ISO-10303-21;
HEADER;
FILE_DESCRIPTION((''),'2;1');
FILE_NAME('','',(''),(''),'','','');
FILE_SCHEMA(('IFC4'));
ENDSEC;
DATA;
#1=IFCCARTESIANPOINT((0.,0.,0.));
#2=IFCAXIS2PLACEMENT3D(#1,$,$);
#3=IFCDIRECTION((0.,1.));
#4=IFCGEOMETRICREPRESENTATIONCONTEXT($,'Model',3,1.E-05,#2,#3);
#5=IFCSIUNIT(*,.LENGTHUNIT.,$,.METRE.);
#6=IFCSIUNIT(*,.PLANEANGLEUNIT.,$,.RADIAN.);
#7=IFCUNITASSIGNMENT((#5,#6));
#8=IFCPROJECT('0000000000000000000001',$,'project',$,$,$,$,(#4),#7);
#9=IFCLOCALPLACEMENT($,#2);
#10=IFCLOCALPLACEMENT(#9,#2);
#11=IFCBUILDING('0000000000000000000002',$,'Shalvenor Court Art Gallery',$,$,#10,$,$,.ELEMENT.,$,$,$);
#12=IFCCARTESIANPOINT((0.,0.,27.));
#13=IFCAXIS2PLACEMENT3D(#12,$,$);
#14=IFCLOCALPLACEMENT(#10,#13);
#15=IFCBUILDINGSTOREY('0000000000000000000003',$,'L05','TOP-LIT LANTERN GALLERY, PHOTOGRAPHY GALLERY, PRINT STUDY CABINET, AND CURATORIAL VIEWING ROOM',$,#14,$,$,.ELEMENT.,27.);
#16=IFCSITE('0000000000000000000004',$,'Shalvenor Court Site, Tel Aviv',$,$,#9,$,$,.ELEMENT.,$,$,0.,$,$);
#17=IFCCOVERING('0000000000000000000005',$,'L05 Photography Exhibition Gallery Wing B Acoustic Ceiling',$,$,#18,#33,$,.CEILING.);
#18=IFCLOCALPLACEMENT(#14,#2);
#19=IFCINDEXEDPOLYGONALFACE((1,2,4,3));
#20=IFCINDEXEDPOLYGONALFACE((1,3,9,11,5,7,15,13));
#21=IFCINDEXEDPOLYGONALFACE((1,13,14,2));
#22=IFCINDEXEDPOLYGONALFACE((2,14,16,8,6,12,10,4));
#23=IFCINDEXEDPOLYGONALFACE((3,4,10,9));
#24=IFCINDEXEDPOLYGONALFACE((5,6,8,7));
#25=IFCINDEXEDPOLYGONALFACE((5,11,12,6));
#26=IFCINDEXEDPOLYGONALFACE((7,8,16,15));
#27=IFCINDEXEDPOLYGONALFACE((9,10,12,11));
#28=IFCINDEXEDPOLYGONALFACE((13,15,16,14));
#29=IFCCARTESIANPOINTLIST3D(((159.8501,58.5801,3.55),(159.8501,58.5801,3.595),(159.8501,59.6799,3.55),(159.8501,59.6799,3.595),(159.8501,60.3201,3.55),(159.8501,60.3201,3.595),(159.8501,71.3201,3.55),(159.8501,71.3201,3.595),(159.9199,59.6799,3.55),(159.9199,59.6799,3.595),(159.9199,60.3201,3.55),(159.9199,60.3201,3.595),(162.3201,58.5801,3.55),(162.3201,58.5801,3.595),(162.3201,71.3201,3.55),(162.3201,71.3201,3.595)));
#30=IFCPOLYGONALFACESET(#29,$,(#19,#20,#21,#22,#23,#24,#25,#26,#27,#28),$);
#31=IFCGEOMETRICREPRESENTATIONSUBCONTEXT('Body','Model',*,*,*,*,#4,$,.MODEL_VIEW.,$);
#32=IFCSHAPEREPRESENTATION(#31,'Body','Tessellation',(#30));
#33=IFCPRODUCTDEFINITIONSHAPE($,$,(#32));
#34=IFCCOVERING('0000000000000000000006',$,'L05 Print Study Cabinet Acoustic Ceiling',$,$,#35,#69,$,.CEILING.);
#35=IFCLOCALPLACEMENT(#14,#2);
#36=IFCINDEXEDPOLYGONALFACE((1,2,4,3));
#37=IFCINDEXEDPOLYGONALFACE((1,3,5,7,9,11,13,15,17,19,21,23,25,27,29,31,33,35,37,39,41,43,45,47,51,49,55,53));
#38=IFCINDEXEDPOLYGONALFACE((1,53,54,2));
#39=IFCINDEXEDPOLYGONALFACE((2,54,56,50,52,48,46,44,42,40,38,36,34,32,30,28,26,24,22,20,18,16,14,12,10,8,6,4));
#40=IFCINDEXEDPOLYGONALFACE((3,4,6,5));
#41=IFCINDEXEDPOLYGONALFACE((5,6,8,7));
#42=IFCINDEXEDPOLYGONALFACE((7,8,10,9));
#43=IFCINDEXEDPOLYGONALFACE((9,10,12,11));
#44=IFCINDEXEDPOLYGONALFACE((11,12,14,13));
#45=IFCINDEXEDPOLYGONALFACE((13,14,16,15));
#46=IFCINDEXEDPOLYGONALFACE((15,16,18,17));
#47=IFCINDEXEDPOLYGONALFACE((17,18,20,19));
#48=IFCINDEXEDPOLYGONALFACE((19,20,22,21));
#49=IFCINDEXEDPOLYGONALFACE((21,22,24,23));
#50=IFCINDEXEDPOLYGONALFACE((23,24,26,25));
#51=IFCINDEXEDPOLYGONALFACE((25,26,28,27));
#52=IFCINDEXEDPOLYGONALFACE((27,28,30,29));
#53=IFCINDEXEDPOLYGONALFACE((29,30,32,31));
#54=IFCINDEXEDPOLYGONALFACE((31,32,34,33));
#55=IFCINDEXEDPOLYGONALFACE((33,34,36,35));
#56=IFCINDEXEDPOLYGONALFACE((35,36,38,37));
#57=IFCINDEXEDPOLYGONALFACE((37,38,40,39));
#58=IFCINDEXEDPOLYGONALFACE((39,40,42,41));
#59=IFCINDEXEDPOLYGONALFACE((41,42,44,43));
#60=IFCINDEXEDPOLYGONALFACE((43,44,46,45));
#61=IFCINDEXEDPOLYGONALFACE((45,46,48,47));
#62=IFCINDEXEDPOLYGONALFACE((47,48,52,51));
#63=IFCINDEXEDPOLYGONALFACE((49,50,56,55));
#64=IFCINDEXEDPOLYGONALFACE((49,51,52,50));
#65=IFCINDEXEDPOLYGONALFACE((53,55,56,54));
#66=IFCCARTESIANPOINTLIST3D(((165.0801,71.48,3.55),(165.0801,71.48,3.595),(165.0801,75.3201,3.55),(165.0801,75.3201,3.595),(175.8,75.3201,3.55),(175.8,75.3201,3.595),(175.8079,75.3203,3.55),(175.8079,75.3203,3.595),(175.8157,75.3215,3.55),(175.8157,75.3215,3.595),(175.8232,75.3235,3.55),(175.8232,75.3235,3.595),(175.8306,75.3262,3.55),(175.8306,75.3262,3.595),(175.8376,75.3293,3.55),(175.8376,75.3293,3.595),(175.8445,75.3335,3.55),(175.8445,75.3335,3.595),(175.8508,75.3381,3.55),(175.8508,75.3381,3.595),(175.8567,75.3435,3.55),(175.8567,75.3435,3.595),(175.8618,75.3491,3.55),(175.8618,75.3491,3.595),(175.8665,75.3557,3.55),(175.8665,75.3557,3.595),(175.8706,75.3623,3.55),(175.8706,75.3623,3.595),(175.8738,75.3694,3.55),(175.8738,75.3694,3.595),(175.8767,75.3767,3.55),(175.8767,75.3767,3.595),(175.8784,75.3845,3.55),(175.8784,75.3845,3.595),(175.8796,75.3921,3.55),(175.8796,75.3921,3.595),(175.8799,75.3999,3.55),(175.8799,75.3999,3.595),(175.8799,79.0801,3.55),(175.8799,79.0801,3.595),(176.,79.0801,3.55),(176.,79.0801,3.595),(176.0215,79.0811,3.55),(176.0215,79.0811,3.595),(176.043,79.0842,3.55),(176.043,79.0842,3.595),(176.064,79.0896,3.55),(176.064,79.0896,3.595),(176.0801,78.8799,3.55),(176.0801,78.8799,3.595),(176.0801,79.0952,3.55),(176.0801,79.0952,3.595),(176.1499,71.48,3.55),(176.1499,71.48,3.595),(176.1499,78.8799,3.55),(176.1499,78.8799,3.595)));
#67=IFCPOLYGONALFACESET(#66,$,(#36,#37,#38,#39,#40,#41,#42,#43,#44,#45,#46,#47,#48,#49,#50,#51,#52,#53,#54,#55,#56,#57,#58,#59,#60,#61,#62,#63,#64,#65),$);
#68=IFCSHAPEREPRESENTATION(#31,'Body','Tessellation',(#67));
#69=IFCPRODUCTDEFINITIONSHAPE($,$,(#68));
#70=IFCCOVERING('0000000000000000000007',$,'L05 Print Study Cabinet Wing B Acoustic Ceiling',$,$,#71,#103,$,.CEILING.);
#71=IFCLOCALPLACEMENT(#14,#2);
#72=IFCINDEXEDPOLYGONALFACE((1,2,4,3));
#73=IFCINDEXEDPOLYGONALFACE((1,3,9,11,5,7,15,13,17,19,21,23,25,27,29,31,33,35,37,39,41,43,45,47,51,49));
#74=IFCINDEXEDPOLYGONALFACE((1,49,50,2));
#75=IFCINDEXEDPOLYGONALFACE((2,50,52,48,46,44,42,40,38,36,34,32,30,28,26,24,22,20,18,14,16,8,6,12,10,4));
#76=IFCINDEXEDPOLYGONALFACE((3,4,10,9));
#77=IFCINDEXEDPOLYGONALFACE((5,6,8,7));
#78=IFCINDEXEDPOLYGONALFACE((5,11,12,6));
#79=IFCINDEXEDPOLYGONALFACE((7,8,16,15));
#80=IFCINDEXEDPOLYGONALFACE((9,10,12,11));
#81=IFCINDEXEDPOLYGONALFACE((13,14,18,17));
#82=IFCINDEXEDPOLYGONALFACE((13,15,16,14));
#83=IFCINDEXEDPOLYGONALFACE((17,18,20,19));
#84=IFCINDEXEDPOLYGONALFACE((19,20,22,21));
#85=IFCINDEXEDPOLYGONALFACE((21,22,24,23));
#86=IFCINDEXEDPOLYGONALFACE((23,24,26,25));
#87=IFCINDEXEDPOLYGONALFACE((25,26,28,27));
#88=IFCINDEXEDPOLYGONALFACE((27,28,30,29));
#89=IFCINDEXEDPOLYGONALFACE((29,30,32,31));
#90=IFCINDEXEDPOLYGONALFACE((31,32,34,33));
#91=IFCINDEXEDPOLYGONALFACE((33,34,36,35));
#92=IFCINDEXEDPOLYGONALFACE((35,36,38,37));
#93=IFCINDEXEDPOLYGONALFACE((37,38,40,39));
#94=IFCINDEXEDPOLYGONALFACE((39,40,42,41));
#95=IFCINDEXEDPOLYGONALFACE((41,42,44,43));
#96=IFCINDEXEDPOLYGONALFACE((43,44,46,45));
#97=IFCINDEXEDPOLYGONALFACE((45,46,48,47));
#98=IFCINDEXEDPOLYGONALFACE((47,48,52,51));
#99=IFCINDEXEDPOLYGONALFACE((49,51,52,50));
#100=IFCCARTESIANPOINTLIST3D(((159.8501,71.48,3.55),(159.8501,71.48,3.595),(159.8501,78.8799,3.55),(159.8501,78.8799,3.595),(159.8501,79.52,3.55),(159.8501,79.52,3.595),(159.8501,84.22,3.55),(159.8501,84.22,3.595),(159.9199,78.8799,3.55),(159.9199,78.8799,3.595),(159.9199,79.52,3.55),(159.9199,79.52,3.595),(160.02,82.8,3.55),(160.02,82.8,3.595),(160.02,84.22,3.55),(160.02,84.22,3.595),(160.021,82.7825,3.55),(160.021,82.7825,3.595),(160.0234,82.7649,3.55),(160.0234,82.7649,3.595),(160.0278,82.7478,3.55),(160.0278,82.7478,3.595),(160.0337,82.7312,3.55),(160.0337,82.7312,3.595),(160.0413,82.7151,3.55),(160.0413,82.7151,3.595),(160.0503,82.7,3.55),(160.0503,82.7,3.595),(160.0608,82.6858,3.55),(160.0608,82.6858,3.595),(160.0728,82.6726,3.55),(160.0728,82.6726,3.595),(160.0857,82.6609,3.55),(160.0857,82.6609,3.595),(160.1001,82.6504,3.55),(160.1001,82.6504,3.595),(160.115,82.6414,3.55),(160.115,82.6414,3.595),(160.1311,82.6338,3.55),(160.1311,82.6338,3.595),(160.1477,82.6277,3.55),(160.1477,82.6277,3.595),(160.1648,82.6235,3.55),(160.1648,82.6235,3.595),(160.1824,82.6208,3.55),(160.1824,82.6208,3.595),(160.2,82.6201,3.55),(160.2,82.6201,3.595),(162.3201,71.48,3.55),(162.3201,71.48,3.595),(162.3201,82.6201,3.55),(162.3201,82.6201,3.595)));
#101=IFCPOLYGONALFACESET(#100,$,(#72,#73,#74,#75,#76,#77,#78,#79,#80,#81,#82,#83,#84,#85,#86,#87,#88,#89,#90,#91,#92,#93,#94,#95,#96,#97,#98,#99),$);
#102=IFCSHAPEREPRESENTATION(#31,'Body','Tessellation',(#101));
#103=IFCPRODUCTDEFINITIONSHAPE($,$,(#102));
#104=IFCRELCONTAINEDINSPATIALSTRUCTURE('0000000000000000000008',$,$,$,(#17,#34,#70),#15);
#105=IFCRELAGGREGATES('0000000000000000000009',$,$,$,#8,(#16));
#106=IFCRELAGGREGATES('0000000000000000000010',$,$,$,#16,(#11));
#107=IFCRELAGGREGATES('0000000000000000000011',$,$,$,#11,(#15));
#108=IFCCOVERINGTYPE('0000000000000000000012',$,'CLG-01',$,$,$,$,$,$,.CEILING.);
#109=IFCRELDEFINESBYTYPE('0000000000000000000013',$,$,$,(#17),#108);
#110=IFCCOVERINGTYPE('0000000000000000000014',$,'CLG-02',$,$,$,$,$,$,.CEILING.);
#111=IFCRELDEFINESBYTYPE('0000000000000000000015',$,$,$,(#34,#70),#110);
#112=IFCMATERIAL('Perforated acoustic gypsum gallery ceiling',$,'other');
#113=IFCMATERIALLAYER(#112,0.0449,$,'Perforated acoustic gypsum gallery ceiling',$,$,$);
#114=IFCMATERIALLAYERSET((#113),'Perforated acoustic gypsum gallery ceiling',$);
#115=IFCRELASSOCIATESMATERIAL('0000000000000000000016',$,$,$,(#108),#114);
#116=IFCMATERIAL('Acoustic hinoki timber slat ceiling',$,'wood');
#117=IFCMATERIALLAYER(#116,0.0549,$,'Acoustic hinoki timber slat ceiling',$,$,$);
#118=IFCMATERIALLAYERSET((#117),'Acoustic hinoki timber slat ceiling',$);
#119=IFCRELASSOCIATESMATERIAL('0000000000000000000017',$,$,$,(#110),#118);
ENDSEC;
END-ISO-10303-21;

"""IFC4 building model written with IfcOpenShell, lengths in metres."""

from ifc_helpers import new_model, si_unit, direction, frame, origin, place, context, subcontext, project, spatial, polyline, outline, extrude, material, layer, layer_set, type_object, element, save


model = new_model("IFC4")

# Units and contexts
model_context = context("Model", 3, precision=1e-05, world=origin(), true_north=direction((0.0, 1.0)))
body_context = subcontext(model_context, "Body", "Model", "MODEL_VIEW")
ifc_project = project(units=[si_unit("LENGTHUNIT", "METRE"), si_unit("PLANEANGLEUNIT", "RADIAN")], contexts=[model_context])

# Site, building, storey
site_placement = place(None, origin())
site = spatial("IfcSite", under=ifc_project, at=site_placement, Name="Shalvenor Court Site, Tel Aviv", CompositionType="ELEMENT", RefElevation=0.0)
building_placement = place(site_placement, origin())
building = spatial("IfcBuilding", under=site, at=building_placement, Name="Shalvenor Court Art Gallery", CompositionType="ELEMENT")
storey_placement = place(building_placement, frame((0.0, 0.0, 27.0)))
storey = spatial("IfcBuildingStorey", under=building, at=storey_placement, Name="L05", Description="TOP-LIT LANTERN GALLERY, PHOTOGRAPHY GALLERY, PRINT STUDY CABINET, AND CURATORIAL VIEWING ROOM", CompositionType="ELEMENT", Elevation=27.0)

# Coverings
ifc_material_1 = material(Name="Perforated acoustic gypsum gallery ceiling", Category="other")
ifc_layer_1 = layer(ifc_material_1, 0.0449, Name="Perforated acoustic gypsum gallery ceiling")
ifc_layer_set_1 = layer_set([ifc_layer_1], Name="Perforated acoustic gypsum gallery ceiling")
covering_type_1 = type_object("IfcCoveringType", Name="CLG-01", PredefinedType="CEILING", material=ifc_layer_set_1)
covering_1_placement = place(storey_placement, frame((0.0, 0.0, 3.55)))
element("IfcCovering", 1, at=covering_1_placement, inside=storey, type_object=covering_type_1, Name="L05 Photography Exhibition Gallery Wing B Acoustic Ceiling", PredefinedType="CEILING", context=body_context, shape_type="SweptSolid", body=[
    extrude(outline(polyline([(162.3201, 71.3201), (162.3201, 58.5801), (159.8501, 58.5801), (159.8501, 59.6799), (159.9199, 59.6799), (159.9199, 60.3201), (159.8501, 60.3201), (159.8501, 71.3201), (162.3201, 71.3201)])), origin(), (0.0, 0.0, 1.0), 0.0449),
])
ifc_material_2 = material(Name="Acoustic hinoki timber slat ceiling", Category="wood")
ifc_layer_2 = layer(ifc_material_2, 0.0549, Name="Acoustic hinoki timber slat ceiling")
ifc_layer_set_2 = layer_set([ifc_layer_2], Name="Acoustic hinoki timber slat ceiling")
covering_type_2 = type_object("IfcCoveringType", Name="CLG-02", PredefinedType="CEILING", material=ifc_layer_set_2)
covering_2_placement = place(storey_placement, frame((0.0, 0.0, 3.55)))
element("IfcCovering", 2, at=covering_2_placement, inside=storey, type_object=covering_type_2, Name="L05 Print Study Cabinet Acoustic Ceiling", PredefinedType="CEILING", context=body_context, shape_type="SweptSolid", body=[
    extrude(outline(polyline([(176.043, 79.0842), (176.064, 79.0896), (176.0801, 79.0952), (176.0801, 78.8799), (176.1499, 78.8799), (176.1499, 71.48), (165.0801, 71.48), (165.0801, 75.3201), (175.8, 75.3201), (175.8079, 75.3203), (175.8157, 75.3215), (175.8232, 75.3235), (175.8306, 75.3262), (175.8376, 75.3293), (175.8445, 75.3335), (175.8508, 75.3381), (175.8567, 75.3435), (175.8618, 75.3491), (175.8665, 75.3557), (175.8706, 75.3623), (175.8738, 75.3694), (175.8767, 75.3767), (175.8784, 75.3845), (175.8796, 75.3921), (175.8799, 75.3999), (175.8799, 79.0801), (176.0, 79.0801), (176.0215, 79.0811), (176.043, 79.0842)])), origin(), (0.0, 0.0, 1.0), 0.0449),
])
covering_3_placement = place(storey_placement, frame((0.0, 0.0, 3.55)))
element("IfcCovering", 3, at=covering_3_placement, inside=storey, type_object=covering_type_2, Name="L05 Print Study Cabinet Wing B Acoustic Ceiling", PredefinedType="CEILING", context=body_context, shape_type="SweptSolid", body=[
    extrude(outline(polyline([(160.02, 84.22), (160.02, 82.8), (160.021, 82.7825), (160.0234, 82.7649), (160.0278, 82.7478), (160.0337, 82.7312), (160.0413, 82.7151), (160.0503, 82.7), (160.0608, 82.6858), (160.0728, 82.6726), (160.0857, 82.6609), (160.1001, 82.6504), (160.115, 82.6414), (160.1311, 82.6338), (160.1477, 82.6277), (160.1648, 82.6235), (160.1824, 82.6208), (160.2, 82.6201), (162.3201, 82.6201), (162.3201, 71.48), (159.8501, 71.48), (159.8501, 78.8799), (159.9199, 78.8799), (159.9199, 79.52), (159.8501, 79.52), (159.8501, 84.22), (160.02, 84.22)])), origin(), (0.0, 0.0, 1.0), 0.0449),
])

save(model, "model.ifc")
